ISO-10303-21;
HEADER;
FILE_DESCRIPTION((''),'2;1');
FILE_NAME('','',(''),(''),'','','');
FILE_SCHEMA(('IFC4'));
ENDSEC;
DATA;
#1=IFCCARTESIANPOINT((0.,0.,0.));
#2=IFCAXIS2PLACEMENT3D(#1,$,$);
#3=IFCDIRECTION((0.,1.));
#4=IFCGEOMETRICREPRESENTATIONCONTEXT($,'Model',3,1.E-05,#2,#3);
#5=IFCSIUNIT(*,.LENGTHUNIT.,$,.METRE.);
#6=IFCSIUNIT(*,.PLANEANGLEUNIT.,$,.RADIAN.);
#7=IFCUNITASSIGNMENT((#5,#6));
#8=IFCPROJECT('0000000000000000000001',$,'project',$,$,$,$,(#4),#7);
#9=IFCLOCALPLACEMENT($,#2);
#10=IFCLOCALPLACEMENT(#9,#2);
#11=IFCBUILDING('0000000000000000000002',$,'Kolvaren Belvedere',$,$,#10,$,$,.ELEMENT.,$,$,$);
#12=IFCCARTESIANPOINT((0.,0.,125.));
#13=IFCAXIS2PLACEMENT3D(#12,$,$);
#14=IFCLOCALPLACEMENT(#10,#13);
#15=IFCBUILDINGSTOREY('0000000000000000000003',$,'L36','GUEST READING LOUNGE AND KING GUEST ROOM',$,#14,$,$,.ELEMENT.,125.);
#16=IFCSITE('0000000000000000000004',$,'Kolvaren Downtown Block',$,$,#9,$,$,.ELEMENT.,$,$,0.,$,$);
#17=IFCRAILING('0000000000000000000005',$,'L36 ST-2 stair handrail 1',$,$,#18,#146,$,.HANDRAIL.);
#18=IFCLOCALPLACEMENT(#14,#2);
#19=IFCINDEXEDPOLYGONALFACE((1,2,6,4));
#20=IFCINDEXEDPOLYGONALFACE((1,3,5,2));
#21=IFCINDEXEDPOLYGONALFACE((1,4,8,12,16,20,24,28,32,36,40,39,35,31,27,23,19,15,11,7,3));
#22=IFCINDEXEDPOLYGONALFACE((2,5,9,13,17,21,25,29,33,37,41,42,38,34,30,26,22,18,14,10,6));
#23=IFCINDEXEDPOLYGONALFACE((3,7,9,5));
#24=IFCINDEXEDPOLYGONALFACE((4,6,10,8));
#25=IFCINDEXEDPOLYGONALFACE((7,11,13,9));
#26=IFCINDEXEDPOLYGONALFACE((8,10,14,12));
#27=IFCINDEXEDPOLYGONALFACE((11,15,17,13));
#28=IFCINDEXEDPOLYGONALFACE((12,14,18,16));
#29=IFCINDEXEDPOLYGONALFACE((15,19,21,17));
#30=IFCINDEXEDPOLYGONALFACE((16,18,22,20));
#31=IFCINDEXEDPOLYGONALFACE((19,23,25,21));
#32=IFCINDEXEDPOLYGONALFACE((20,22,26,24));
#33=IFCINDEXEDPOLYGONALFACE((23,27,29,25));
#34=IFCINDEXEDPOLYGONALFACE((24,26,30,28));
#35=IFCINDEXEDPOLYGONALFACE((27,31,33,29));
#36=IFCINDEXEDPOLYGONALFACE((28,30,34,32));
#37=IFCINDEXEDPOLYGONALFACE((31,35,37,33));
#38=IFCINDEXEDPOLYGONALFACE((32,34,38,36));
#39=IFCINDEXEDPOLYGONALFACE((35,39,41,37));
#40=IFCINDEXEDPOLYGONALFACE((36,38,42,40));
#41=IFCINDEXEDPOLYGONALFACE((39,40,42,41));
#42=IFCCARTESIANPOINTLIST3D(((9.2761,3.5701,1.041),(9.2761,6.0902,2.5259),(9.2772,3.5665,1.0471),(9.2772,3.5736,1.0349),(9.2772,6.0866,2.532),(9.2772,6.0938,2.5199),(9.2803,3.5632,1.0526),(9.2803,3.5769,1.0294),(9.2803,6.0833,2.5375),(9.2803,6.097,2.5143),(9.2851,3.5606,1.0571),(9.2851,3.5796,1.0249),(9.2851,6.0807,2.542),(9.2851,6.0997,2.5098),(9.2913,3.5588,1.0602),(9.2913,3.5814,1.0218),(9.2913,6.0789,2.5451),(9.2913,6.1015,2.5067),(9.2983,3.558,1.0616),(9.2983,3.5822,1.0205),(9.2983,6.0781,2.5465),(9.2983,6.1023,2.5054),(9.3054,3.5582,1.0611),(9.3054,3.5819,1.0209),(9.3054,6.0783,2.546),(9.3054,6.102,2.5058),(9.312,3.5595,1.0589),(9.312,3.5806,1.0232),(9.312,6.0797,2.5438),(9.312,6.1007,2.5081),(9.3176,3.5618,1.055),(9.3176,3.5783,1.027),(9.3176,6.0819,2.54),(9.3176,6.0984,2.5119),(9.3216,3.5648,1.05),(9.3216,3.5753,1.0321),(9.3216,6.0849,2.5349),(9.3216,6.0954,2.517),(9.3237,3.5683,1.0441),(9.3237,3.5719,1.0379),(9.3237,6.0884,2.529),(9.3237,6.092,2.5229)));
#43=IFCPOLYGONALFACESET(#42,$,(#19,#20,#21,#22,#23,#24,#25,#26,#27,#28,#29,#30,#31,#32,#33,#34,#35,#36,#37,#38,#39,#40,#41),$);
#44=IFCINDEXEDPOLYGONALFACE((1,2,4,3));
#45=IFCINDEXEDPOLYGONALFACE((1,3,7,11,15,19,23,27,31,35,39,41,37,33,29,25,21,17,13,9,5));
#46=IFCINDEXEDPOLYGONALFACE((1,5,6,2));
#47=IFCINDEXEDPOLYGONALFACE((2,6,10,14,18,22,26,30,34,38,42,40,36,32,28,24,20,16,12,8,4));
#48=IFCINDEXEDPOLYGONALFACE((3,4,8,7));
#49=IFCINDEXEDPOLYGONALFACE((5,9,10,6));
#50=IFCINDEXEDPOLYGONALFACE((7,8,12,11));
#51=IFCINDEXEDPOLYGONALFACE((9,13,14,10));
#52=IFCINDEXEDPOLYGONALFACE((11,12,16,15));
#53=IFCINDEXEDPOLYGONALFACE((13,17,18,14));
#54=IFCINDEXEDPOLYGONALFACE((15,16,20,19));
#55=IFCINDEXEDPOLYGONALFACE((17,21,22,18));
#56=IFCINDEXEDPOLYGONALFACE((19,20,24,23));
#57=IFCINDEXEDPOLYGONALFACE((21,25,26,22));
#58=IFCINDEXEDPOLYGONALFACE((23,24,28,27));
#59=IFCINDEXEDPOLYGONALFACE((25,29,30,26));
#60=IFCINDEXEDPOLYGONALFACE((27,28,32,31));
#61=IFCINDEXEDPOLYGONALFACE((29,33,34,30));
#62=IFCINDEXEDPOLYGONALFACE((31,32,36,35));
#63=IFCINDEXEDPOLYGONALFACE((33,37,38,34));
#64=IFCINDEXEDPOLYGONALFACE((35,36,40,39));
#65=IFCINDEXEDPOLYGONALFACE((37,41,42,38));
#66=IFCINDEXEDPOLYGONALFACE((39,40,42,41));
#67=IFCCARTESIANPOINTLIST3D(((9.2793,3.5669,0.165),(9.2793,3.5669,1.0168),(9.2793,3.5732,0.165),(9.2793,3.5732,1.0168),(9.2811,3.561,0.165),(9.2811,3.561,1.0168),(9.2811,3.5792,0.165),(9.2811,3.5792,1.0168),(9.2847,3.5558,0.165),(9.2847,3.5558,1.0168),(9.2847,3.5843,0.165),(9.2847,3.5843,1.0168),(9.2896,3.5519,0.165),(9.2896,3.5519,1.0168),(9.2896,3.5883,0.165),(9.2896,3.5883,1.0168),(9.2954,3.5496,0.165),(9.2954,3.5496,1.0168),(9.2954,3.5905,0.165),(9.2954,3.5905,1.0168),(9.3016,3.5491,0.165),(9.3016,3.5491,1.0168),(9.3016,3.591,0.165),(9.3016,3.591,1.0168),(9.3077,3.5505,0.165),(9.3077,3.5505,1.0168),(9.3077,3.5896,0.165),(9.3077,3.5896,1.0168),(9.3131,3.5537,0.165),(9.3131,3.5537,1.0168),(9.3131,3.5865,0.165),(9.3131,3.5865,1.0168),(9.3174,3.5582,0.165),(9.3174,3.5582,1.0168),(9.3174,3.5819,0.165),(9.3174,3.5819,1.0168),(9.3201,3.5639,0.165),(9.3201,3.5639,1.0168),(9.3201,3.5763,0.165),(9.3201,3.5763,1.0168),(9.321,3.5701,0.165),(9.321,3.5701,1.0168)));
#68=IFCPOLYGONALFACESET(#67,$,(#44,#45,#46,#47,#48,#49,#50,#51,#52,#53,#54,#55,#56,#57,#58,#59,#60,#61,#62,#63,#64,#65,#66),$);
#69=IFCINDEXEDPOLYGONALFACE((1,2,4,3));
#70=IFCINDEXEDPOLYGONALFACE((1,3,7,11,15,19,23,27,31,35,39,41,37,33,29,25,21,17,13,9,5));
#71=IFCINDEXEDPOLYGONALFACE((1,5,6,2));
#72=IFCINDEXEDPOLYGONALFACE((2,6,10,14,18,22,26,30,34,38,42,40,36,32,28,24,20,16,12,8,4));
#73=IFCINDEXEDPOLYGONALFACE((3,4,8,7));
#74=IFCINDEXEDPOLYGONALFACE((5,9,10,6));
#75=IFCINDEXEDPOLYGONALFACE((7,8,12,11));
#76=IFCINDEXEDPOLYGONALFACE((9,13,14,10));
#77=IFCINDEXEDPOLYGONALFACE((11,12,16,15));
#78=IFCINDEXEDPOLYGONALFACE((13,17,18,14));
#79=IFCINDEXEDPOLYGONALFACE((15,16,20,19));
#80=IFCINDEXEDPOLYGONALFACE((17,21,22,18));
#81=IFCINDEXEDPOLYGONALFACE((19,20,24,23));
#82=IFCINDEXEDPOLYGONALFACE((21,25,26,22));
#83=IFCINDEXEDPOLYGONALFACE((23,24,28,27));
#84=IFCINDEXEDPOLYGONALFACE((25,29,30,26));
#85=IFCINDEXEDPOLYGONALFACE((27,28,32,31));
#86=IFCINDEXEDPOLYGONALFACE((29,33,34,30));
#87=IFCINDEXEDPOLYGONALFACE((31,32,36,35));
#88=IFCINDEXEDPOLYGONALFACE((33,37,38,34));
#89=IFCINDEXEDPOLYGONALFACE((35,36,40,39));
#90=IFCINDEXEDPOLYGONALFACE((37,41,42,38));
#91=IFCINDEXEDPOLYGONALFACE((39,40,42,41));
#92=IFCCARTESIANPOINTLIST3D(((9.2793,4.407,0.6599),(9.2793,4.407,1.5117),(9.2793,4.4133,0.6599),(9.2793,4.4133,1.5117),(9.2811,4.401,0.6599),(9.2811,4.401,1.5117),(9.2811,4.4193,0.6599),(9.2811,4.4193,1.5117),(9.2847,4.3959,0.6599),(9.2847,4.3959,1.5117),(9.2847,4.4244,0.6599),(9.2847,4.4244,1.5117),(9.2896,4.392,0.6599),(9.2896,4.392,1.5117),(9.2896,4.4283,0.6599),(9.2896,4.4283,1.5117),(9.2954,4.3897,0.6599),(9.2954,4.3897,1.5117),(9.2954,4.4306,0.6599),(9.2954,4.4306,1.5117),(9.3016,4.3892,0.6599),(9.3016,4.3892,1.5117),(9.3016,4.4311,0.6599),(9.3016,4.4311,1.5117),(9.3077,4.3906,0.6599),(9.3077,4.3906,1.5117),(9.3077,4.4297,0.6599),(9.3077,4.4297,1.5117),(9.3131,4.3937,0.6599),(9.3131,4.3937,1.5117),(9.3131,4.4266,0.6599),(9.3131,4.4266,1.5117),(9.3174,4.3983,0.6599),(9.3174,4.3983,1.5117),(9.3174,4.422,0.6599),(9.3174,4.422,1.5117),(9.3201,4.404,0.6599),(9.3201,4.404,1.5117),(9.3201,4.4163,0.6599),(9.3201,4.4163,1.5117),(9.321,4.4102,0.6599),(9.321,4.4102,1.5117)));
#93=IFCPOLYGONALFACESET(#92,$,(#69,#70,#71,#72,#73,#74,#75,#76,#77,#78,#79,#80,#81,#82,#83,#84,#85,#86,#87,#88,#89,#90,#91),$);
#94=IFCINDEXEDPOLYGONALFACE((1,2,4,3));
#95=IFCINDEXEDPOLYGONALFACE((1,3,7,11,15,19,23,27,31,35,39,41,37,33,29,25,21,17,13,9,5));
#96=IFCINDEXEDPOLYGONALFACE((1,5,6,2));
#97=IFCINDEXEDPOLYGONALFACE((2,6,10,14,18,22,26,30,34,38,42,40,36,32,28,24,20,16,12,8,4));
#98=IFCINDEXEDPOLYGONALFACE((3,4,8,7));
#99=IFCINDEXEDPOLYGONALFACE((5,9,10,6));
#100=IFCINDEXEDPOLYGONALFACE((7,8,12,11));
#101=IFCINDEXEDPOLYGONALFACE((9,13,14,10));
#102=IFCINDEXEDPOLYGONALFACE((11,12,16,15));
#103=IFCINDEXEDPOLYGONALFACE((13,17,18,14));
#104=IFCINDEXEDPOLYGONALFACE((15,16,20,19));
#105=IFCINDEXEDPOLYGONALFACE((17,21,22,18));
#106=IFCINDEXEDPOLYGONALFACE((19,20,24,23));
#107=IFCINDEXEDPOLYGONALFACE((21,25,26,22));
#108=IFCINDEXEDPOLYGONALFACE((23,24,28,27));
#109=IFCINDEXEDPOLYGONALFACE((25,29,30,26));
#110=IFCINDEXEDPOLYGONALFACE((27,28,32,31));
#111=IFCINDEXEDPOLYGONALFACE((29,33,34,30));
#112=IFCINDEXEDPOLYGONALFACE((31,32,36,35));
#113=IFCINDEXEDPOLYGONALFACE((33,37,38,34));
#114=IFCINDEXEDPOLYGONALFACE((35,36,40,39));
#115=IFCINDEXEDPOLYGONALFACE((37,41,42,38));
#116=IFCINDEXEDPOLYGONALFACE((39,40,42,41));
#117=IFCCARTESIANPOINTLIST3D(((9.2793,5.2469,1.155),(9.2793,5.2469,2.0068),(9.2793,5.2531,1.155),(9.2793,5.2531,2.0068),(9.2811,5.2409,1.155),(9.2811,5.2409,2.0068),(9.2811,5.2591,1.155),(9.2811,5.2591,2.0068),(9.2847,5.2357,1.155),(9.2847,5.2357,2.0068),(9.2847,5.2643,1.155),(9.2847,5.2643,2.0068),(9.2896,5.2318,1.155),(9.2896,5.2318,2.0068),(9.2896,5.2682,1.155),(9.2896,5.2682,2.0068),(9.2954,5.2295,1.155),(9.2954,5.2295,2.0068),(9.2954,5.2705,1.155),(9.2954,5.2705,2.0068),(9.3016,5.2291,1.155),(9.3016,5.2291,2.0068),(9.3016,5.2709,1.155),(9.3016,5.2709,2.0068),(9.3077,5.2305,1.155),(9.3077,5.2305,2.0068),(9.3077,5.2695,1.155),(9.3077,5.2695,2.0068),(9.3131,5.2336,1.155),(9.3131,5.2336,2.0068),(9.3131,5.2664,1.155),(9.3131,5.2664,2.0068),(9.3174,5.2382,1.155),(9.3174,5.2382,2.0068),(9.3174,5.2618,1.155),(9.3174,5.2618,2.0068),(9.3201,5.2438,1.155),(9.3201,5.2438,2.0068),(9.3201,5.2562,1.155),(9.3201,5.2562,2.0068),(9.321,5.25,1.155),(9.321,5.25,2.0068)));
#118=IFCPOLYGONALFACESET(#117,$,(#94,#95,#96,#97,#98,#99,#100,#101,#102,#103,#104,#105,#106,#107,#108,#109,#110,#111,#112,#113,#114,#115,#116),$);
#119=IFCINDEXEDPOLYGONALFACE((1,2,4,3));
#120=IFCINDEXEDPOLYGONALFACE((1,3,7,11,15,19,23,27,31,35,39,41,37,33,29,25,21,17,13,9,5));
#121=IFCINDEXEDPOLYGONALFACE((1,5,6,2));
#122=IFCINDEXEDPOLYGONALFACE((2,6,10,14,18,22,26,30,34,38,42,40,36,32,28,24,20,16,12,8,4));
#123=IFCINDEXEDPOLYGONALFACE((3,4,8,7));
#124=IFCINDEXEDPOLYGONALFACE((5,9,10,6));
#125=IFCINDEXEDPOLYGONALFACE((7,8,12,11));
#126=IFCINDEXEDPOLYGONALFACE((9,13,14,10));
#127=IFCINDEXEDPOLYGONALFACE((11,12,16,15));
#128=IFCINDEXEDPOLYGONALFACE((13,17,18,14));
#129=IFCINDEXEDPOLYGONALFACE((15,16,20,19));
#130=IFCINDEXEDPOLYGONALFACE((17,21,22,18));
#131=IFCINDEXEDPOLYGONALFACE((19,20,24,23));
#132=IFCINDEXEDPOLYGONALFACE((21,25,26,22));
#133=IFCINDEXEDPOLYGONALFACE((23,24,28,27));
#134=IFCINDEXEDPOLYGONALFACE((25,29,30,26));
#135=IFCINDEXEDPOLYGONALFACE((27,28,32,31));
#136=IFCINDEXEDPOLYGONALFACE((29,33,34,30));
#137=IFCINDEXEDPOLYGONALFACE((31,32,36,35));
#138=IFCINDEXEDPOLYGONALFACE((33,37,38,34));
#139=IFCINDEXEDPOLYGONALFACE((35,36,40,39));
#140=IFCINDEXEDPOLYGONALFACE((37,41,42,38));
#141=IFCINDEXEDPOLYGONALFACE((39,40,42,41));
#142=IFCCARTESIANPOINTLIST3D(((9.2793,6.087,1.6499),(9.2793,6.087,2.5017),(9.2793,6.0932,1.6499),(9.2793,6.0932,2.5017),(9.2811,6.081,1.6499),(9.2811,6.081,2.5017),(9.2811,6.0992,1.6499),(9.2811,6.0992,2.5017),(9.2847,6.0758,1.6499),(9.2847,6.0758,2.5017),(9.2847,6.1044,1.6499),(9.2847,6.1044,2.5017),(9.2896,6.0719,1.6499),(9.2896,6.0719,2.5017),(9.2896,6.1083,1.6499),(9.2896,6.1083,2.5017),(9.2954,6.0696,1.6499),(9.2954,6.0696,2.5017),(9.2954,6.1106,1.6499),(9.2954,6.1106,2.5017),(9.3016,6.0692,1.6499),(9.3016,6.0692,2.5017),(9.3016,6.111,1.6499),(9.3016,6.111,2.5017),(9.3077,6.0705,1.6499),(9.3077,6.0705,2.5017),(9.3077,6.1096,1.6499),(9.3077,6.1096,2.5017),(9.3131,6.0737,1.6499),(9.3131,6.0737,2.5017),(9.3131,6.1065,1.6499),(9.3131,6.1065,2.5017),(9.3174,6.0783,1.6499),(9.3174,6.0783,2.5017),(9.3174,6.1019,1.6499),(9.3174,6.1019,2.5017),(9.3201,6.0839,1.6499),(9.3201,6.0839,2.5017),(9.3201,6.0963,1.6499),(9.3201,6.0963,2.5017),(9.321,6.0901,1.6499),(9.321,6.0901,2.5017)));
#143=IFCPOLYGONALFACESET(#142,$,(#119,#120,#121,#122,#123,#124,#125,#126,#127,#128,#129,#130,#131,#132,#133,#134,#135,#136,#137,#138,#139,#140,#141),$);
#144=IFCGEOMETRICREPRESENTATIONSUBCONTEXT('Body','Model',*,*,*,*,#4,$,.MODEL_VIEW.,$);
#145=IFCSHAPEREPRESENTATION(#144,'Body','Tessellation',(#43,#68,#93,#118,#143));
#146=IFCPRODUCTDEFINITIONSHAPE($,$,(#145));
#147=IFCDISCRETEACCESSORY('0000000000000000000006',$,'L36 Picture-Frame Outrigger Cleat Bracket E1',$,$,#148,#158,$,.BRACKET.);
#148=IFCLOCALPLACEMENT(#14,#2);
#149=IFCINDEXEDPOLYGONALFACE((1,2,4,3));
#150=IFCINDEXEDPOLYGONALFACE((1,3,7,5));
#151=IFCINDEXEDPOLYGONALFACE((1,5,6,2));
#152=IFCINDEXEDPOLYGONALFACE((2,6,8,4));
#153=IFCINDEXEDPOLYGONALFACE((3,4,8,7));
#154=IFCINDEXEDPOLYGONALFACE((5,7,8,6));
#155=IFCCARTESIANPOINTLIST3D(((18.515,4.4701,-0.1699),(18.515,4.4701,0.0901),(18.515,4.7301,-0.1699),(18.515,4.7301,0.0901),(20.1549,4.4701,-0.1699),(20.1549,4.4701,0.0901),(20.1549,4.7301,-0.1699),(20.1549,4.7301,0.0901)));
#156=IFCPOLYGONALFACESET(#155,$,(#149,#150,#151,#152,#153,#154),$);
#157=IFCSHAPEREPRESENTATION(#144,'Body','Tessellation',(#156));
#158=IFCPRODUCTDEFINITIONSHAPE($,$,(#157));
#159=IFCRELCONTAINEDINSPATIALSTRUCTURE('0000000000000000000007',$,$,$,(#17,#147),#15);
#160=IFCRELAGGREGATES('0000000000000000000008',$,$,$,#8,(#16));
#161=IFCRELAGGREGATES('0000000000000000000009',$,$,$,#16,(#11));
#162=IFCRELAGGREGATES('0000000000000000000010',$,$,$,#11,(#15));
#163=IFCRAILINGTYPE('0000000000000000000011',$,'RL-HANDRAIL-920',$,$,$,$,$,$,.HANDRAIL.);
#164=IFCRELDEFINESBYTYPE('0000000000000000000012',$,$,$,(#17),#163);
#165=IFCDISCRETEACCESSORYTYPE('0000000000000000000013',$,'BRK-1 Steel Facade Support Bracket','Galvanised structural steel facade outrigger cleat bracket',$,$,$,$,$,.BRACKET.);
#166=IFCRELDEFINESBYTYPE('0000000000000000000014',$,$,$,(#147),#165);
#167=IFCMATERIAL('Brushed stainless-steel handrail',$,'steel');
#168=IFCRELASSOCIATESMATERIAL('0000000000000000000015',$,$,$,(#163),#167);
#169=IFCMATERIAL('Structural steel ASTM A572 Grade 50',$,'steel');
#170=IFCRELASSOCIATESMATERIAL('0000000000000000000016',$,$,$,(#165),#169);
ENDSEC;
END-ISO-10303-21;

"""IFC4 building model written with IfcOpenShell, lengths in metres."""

from ifc_helpers import new_model, si_unit, direction, frame, origin, origin_2d, place, context, subcontext, project, spatial, rectangle, circle, extrude, material, type_object, element, save


model = new_model("IFC4")

# Units and contexts
model_context = context("Model", 3, precision=1e-05, world=origin(), true_north=direction((0.0, 1.0)))
body_context = subcontext(model_context, "Body", "Model", "MODEL_VIEW")
ifc_project = project(units=[si_unit("LENGTHUNIT", "METRE"), si_unit("PLANEANGLEUNIT", "RADIAN")], contexts=[model_context])

# Site, building, storey
site_placement = place(None, origin())
site = spatial("IfcSite", under=ifc_project, at=site_placement, Name="Kolvaren Downtown Block", CompositionType="ELEMENT", RefElevation=0.0)
building_placement = place(site_placement, origin())
building = spatial("IfcBuilding", under=site, at=building_placement, Name="Kolvaren Belvedere", CompositionType="ELEMENT")
storey_placement = place(building_placement, frame((0.0, 0.0, 125.0)))
storey = spatial("IfcBuildingStorey", under=building, at=storey_placement, Name="L36", Description="GUEST READING LOUNGE AND KING GUEST ROOM", CompositionType="ELEMENT", Elevation=125.0)

# Railing
ifc_material_1 = material(Name="Brushed stainless-steel handrail", Category="steel")
railing_type = type_object("IfcRailingType", Name="RL-HANDRAIL-920", PredefinedType="HANDRAIL", material=ifc_material_1)
railing_placement = place(storey_placement, frame((9.3, 3.5701, 0.165)))
element("IfcRailing", 1, at=railing_placement, inside=storey, type_object=railing_type, Name="L36 ST-2 stair handrail 1", PredefinedType="HANDRAIL", context=body_context, shape_type="SweptSolid", body=[
    extrude(circle(Radius=0.0239, at=origin_2d()), frame((0.0, 0.0, 0.876), z_axis=(0.0, 0.861561, 0.507655), x_axis=(-1.0, 0.0, 0.0)), (0.0, 0.0, 1.0), 2.925),
    extrude(circle(Radius=0.021, at=origin_2d()), origin(), (0.0, 0.0, 1.0), 0.8518),
    extrude(circle(Radius=0.021, at=origin_2d()), frame((0.0, 0.8401, 0.4949)), (0.0, 0.0, 1.0), 0.8518),
    extrude(circle(Radius=0.021, at=origin_2d()), frame((0.0, 1.6799, 0.99)), (0.0, 0.0, 1.0), 0.8518),
    extrude(circle(Radius=0.021, at=origin_2d()), frame((0.0, 2.52, 1.4849)), (0.0, 0.0, 1.0), 0.8518),
])

# Discrete accessory
ifc_material_2 = material(Name="Structural steel ASTM A572 Grade 50", Category="steel")
discrete_accessory_type = type_object("IfcDiscreteAccessoryType", Name="BRK-1 Steel Facade Support Bracket", Description="Galvanised structural steel facade outrigger cleat bracket", PredefinedType="BRACKET", material=ifc_material_2)
discrete_accessory_placement = place(storey_placement, frame((19.335, 4.6001, -0.1699), z_axis=(0.0, 0.0, 1.0), x_axis=(1.0, 0.0, 0.0)))
element("IfcDiscreteAccessory", 2, at=discrete_accessory_placement, inside=storey, type_object=discrete_accessory_type, Name="L36 Picture-Frame Outrigger Cleat Bracket E1", PredefinedType="BRACKET", context=body_context, shape_type="SweptSolid", body=[
    extrude(rectangle(XDim=1.6399, YDim=0.26, at=origin_2d()), origin(), (0.0, 0.0, 1.0), 0.26),
])

save(model, "model.ifc")
